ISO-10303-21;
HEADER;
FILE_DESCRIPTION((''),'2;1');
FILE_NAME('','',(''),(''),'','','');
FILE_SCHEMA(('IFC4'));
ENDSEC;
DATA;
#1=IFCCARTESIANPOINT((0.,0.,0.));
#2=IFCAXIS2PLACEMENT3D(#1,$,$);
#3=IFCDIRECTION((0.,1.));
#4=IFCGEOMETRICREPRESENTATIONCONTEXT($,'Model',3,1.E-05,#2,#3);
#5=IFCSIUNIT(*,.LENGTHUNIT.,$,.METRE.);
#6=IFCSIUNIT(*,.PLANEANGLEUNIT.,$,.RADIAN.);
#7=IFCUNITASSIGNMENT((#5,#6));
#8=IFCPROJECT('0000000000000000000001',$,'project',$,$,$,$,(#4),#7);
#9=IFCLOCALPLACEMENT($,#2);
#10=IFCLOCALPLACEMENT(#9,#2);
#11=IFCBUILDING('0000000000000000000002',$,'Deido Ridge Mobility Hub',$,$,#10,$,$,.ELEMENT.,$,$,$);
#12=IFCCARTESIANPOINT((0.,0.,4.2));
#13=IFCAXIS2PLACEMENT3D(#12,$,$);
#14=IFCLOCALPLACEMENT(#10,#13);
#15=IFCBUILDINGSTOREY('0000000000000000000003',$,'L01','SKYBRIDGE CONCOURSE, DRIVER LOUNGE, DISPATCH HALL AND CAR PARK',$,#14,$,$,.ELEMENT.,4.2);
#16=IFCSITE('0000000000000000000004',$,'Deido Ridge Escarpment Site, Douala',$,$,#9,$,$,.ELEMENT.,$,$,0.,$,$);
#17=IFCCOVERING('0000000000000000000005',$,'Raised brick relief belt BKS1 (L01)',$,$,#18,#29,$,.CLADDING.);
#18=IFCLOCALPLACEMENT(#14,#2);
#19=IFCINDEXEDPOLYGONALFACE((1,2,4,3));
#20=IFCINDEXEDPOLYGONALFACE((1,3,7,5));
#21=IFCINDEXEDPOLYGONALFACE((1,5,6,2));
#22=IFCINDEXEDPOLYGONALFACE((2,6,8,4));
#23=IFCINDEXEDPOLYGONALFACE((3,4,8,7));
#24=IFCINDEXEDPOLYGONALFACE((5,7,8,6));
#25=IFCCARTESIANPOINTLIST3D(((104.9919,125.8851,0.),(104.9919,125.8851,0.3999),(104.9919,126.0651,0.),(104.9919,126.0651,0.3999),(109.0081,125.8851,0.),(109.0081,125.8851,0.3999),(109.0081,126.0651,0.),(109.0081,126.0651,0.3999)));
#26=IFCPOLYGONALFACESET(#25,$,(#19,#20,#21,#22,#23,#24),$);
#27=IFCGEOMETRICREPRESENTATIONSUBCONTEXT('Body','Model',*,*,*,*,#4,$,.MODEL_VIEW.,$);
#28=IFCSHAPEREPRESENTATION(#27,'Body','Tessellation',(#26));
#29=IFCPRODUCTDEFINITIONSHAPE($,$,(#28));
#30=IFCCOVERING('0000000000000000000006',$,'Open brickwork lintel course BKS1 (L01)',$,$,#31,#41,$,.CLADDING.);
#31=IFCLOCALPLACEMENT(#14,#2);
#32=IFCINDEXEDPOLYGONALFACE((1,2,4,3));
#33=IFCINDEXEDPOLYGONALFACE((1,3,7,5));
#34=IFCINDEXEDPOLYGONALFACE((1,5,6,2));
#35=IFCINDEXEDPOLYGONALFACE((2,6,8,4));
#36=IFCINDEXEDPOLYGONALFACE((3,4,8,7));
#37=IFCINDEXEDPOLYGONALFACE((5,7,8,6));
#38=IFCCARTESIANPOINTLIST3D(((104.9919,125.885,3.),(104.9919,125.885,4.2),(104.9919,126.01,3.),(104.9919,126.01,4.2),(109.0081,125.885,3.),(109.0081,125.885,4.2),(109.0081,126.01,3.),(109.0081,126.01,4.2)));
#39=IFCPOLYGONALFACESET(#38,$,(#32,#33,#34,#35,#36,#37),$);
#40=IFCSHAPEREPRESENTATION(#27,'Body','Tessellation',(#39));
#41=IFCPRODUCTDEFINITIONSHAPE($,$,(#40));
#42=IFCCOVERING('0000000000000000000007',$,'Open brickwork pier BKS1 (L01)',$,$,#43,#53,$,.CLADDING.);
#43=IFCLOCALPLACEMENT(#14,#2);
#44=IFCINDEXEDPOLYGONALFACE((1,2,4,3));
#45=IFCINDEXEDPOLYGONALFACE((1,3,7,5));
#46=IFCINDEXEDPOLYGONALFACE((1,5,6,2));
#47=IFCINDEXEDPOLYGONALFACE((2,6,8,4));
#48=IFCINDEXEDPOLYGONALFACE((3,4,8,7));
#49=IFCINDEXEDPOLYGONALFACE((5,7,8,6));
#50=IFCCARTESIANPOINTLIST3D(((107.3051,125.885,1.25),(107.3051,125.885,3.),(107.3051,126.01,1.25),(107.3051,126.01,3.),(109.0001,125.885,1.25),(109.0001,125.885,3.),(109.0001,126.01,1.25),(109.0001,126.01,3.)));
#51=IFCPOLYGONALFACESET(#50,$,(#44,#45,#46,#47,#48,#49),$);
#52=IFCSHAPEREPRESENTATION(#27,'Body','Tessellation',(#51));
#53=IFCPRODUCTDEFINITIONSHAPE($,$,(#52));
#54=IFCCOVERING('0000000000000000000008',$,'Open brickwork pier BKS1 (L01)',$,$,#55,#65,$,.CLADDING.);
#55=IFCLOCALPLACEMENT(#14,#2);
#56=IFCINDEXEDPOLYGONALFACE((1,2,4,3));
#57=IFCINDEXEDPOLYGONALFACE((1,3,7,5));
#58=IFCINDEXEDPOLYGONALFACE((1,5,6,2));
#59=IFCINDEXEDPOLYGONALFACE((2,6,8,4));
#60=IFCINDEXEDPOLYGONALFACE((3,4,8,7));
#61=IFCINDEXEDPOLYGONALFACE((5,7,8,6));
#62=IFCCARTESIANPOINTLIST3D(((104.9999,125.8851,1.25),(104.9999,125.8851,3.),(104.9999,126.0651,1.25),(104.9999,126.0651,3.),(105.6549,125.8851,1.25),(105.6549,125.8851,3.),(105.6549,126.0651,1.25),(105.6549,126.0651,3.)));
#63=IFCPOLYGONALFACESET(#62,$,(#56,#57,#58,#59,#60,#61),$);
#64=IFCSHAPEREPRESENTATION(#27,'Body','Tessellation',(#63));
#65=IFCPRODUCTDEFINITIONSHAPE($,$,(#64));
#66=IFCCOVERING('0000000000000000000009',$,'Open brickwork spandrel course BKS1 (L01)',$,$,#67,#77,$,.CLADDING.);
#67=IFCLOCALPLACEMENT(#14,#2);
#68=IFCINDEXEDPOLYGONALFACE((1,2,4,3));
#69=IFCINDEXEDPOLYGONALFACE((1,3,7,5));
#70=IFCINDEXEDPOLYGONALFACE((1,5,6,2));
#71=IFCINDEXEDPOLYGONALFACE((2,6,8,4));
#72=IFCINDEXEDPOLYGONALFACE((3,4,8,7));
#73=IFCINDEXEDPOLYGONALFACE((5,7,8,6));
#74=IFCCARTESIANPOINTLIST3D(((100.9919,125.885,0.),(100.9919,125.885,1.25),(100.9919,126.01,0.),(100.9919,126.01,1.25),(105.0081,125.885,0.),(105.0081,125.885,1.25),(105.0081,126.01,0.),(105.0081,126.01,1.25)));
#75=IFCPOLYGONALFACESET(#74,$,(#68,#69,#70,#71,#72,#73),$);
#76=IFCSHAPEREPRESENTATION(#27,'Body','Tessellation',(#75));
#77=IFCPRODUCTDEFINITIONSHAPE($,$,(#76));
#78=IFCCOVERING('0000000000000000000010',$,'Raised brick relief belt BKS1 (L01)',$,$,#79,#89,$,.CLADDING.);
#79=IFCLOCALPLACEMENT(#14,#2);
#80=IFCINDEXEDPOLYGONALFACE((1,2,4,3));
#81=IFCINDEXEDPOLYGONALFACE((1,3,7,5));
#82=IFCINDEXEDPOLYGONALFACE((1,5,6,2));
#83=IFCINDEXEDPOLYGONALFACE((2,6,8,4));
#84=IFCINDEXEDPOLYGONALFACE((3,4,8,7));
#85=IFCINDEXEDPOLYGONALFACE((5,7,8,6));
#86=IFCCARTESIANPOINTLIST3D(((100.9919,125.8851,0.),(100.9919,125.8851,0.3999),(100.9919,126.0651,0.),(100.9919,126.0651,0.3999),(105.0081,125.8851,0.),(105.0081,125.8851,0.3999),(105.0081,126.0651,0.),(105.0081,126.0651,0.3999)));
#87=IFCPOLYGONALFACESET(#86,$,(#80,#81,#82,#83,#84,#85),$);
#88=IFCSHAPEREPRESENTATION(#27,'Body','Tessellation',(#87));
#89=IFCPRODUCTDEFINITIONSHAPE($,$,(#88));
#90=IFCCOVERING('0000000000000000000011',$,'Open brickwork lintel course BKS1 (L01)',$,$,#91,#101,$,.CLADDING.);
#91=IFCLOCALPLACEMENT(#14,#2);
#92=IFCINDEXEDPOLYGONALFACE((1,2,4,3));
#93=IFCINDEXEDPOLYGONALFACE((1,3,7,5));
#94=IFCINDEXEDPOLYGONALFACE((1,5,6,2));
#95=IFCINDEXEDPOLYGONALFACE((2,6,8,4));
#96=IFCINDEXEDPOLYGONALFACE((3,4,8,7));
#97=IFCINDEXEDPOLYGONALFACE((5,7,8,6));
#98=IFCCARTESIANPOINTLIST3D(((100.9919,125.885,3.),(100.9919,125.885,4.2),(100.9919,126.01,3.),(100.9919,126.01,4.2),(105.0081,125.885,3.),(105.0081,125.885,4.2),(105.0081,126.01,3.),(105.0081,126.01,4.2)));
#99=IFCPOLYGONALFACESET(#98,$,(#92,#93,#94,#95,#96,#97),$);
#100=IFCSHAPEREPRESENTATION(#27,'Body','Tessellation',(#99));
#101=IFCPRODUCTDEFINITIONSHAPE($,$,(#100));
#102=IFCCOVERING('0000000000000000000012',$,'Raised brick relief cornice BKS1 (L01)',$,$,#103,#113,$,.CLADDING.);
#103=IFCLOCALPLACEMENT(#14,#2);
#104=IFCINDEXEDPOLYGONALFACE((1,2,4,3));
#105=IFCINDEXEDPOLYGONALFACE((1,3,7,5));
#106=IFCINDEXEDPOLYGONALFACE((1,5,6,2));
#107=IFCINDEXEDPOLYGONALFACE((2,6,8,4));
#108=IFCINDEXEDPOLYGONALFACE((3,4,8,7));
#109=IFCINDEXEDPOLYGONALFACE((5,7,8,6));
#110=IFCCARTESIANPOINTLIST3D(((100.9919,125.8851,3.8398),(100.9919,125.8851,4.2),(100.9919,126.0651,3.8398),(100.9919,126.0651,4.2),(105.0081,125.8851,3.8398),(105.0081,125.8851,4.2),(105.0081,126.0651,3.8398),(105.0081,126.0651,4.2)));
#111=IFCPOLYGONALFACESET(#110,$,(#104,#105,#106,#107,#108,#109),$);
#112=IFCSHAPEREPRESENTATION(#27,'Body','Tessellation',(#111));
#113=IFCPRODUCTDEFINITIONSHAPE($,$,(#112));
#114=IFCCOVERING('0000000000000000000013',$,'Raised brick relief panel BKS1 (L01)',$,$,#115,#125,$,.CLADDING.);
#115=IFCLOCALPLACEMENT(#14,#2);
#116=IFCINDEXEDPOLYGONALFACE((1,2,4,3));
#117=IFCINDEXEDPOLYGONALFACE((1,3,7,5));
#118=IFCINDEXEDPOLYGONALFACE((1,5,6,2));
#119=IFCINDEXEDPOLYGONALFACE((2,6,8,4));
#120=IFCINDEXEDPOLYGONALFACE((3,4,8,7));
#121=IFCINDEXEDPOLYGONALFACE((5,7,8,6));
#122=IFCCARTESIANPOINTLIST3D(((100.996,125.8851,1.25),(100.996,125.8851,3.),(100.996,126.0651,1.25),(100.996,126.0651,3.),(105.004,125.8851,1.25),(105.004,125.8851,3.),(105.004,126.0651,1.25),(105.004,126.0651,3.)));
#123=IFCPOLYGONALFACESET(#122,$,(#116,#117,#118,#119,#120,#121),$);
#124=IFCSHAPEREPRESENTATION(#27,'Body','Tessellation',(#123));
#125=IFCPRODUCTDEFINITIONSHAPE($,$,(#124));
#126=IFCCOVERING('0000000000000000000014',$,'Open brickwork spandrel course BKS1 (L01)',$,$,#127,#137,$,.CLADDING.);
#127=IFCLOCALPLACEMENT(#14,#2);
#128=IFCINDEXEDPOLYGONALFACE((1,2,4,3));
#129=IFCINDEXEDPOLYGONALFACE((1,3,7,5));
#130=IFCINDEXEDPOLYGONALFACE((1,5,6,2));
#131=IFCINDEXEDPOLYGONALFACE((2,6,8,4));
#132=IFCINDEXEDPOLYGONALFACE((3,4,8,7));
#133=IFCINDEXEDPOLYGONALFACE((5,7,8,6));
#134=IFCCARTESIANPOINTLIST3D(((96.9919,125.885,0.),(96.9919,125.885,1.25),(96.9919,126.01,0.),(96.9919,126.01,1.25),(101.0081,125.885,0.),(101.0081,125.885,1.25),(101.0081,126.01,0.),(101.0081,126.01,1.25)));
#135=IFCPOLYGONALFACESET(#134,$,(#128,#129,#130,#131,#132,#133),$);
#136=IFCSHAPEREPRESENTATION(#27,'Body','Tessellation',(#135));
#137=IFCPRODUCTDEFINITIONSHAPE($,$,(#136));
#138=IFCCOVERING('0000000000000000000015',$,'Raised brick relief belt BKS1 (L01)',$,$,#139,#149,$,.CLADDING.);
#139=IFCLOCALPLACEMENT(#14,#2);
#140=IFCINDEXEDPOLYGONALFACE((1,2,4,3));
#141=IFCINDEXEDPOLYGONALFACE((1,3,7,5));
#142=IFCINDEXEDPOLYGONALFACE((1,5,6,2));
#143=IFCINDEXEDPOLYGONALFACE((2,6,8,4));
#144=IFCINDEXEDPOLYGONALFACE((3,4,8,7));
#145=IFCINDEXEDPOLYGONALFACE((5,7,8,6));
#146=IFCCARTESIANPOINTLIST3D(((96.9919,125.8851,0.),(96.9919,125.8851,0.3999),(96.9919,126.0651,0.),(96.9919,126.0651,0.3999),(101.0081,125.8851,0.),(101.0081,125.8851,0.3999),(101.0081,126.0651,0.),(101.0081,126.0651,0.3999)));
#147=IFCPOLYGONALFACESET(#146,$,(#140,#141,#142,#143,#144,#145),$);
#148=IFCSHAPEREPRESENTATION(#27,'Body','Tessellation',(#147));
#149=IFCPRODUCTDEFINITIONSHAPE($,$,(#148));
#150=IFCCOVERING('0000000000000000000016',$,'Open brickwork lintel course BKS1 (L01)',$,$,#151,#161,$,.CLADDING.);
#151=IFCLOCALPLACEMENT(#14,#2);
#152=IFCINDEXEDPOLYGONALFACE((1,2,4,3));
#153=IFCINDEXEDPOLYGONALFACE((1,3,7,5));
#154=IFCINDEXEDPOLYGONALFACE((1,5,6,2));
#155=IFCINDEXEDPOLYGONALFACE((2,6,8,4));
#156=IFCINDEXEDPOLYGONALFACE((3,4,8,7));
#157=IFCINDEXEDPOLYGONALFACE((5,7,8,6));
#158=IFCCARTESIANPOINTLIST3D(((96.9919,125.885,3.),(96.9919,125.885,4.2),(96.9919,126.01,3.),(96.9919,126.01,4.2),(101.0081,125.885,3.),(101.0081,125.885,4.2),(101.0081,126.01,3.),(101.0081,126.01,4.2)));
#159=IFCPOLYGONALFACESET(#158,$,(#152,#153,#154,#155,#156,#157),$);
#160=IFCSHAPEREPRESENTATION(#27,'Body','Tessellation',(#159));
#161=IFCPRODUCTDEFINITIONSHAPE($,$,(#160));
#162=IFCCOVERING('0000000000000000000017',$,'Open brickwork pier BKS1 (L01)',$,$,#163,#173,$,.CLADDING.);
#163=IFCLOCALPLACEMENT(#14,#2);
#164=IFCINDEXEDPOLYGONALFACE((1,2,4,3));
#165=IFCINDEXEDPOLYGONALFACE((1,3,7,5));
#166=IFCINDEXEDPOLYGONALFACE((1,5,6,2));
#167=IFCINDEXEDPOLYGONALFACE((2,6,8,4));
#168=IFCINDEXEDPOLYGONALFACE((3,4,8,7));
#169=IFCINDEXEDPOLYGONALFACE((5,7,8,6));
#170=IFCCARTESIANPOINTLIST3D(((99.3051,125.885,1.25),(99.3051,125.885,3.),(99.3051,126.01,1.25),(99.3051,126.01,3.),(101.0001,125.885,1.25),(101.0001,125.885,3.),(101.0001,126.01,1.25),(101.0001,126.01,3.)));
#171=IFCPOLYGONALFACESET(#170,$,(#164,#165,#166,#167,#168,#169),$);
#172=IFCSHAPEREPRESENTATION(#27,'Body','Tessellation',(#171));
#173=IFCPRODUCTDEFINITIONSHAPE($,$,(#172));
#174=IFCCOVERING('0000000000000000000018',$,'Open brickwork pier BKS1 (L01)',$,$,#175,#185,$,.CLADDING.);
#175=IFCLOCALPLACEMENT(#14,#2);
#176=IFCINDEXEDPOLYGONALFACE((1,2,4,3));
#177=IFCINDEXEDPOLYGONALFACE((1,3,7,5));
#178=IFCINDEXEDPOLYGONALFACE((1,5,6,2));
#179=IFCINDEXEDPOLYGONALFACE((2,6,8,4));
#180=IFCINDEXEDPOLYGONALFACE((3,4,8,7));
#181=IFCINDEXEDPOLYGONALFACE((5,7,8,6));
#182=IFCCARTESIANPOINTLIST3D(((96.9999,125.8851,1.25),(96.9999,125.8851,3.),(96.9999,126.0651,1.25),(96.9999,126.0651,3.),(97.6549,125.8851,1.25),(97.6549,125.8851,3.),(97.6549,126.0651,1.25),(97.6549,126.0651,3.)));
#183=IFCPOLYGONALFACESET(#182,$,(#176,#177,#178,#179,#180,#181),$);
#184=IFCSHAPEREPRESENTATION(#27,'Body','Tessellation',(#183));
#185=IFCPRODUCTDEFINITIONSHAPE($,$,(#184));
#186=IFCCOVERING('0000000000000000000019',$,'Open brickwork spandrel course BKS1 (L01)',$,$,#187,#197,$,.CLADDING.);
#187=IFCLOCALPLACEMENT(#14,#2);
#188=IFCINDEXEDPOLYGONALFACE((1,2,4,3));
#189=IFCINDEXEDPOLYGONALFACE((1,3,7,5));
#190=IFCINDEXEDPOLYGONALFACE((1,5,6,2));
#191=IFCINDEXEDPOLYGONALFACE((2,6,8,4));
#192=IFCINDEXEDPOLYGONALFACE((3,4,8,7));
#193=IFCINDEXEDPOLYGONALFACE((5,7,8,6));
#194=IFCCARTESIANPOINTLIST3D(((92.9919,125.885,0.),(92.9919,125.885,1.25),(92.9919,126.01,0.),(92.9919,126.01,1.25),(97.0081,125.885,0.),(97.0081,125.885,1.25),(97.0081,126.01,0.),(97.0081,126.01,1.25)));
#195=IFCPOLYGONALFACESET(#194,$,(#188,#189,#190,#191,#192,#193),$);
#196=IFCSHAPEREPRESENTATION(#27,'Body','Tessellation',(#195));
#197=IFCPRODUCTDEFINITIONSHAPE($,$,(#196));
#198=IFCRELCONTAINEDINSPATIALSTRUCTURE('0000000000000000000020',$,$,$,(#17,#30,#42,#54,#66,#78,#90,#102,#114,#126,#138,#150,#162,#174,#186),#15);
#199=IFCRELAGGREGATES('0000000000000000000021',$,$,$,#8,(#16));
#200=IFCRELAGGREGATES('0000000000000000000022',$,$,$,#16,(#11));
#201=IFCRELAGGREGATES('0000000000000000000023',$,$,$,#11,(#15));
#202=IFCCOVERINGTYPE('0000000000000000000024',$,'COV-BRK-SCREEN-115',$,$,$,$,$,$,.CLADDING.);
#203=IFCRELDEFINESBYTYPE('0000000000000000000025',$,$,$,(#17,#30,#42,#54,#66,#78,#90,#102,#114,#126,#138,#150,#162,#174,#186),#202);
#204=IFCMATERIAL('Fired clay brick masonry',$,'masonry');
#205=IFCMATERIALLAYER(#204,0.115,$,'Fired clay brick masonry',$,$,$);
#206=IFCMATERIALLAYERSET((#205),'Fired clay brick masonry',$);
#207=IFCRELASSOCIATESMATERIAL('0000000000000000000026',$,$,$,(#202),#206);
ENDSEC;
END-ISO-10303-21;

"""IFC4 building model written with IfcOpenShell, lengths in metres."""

from ifc_helpers import new_model, si_unit, direction, frame, origin, origin_2d, place, context, subcontext, project, spatial, rectangle, extrude, material, layer, layer_set, type_object, element, save


model = new_model("IFC4")

# Units and contexts
model_context = context("Model", 3, precision=1e-05, world=origin(), true_north=direction((0.0, 1.0)))
body_context = subcontext(model_context, "Body", "Model", "MODEL_VIEW")
ifc_project = project(units=[si_unit("LENGTHUNIT", "METRE"), si_unit("PLANEANGLEUNIT", "RADIAN")], contexts=[model_context])

# Site, building, storey
site_placement = place(None, origin())
site = spatial("IfcSite", under=ifc_project, at=site_placement, Name="Deido Ridge Escarpment Site, Douala", CompositionType="ELEMENT", RefElevation=0.0)
building_placement = place(site_placement, origin())
building = spatial("IfcBuilding", under=site, at=building_placement, Name="Deido Ridge Mobility Hub", CompositionType="ELEMENT")
storey_placement = place(building_placement, frame((0.0, 0.0, 4.2)))
storey = spatial("IfcBuildingStorey", under=building, at=storey_placement, Name="L01", Description="SKYBRIDGE CONCOURSE, DRIVER LOUNGE, DISPATCH HALL AND CAR PARK", CompositionType="ELEMENT", Elevation=4.2)

# Coverings
ifc_material_1 = material(Name="Fired clay brick masonry", Category="masonry")
ifc_layer = layer(ifc_material_1, 0.115, Name="Fired clay brick masonry")
ifc_layer_set = layer_set([ifc_layer], Name="Fired clay brick masonry")
covering_type = type_object("IfcCoveringType", Name="COV-BRK-SCREEN-115", PredefinedType="CLADDING", material=ifc_layer_set)
covering_1_placement = place(storey_placement, frame((107.0, 125.9751, 0.0), z_axis=(0.0, 0.0, 1.0), x_axis=(-1.0, 0.0, 0.0)))
element("IfcCovering", 1, at=covering_1_placement, inside=storey, type_object=covering_type, Name="Raised brick relief belt BKS1 (L01)", PredefinedType="CLADDING", context=body_context, shape_type="SweptSolid", body=[
    extrude(rectangle(XDim=4.0161, YDim=0.1799, at=origin_2d()), origin(), (0.0, 0.0, 1.0), 0.3999),
])
covering_2_placement = place(storey_placement, frame((107.0, 125.9475, 3.0), z_axis=(0.0, 0.0, 1.0), x_axis=(-1.0, 0.0, 0.0)))
element("IfcCovering", 2, at=covering_2_placement, inside=storey, type_object=covering_type, Name="Open brickwork lintel course BKS1 (L01)", PredefinedType="CLADDING", context=body_context, shape_type="SweptSolid", body=[
    extrude(rectangle(XDim=4.0161, YDim=0.125, at=origin_2d()), origin(), (0.0, 0.0, 1.0), 1.2),
])
covering_3_placement = place(storey_placement, frame((108.1526, 125.9475, 1.25), z_axis=(0.0, 0.0, 1.0), x_axis=(-1.0, 0.0, 0.0)))
element("IfcCovering", 3, at=covering_3_placement, inside=storey, type_object=covering_type, Name="Open brickwork pier BKS1 (L01)", PredefinedType="CLADDING", context=body_context, shape_type="SweptSolid", body=[
    extrude(rectangle(XDim=1.6951, YDim=0.125, at=origin_2d()), origin(), (0.0, 0.0, 1.0), 1.75),
])
covering_4_placement = place(storey_placement, frame((105.3274, 125.9751, 1.25), z_axis=(0.0, 0.0, 1.0), x_axis=(-1.0, 0.0, 0.0)))
element("IfcCovering", 4, at=covering_4_placement, inside=storey, type_object=covering_type, Name="Open brickwork pier BKS1 (L01)", PredefinedType="CLADDING", context=body_context, shape_type="SweptSolid", body=[
    extrude(rectangle(XDim=0.655, YDim=0.1799, at=origin_2d()), origin(), (0.0, 0.0, 1.0), 1.75),
])
covering_5_placement = place(storey_placement, frame((103.0, 125.9475, 0.0), z_axis=(0.0, 0.0, 1.0), x_axis=(-1.0, 0.0, 0.0)))
element("IfcCovering", 5, at=covering_5_placement, inside=storey, type_object=covering_type, Name="Open brickwork spandrel course BKS1 (L01)", PredefinedType="CLADDING", context=body_context, shape_type="SweptSolid", body=[
    extrude(rectangle(XDim=4.0161, YDim=0.125, at=origin_2d()), origin(), (0.0, 0.0, 1.0), 1.25),
])
covering_6_placement = place(storey_placement, frame((103.0, 125.9751, 0.0), z_axis=(0.0, 0.0, 1.0), x_axis=(-1.0, 0.0, 0.0)))
element("IfcCovering", 6, at=covering_6_placement, inside=storey, type_object=covering_type, Name="Raised brick relief belt BKS1 (L01)", PredefinedType="CLADDING", context=body_context, shape_type="SweptSolid", body=[
    extrude(rectangle(XDim=4.0161, YDim=0.1799, at=origin_2d()), origin(), (0.0, 0.0, 1.0), 0.3999),
])
covering_7_placement = place(storey_placement, frame((103.0, 125.9475, 3.0), z_axis=(0.0, 0.0, 1.0), x_axis=(-1.0, 0.0, 0.0)))
element("IfcCovering", 7, at=covering_7_placement, inside=storey, type_object=covering_type, Name="Open brickwork lintel course BKS1 (L01)", PredefinedType="CLADDING", context=body_context, shape_type="SweptSolid", body=[
    extrude(rectangle(XDim=4.0161, YDim=0.125, at=origin_2d()), origin(), (0.0, 0.0, 1.0), 1.2),
])
covering_8_placement = place(storey_placement, frame((103.0, 125.9751, 3.8398), z_axis=(0.0, 0.0, 1.0), x_axis=(-1.0, 0.0, 0.0)))
element("IfcCovering", 8, at=covering_8_placement, inside=storey, type_object=covering_type, Name="Raised brick relief cornice BKS1 (L01)", PredefinedType="CLADDING", context=body_context, shape_type="SweptSolid", body=[
    extrude(rectangle(XDim=4.0161, YDim=0.1799, at=origin_2d()), origin(), (0.0, 0.0, 1.0), 0.3601),
])
covering_9_placement = place(storey_placement, frame((103.0, 125.9751, 1.25), z_axis=(0.0, 0.0, 1.0), x_axis=(-1.0, 0.0, 0.0)))
element("IfcCovering", 9, at=covering_9_placement, inside=storey, type_object=covering_type, Name="Raised brick relief panel BKS1 (L01)", PredefinedType="CLADDING", context=body_context, shape_type="SweptSolid", body=[
    extrude(rectangle(XDim=4.0081, YDim=0.1799, at=origin_2d()), origin(), (0.0, 0.0, 1.0), 1.75),
])
covering_10_placement = place(storey_placement, frame((99.0, 125.9475, 0.0), z_axis=(0.0, 0.0, 1.0), x_axis=(-1.0, 0.0, 0.0)))
element("IfcCovering", 10, at=covering_10_placement, inside=storey, type_object=covering_type, Name="Open brickwork spandrel course BKS1 (L01)", PredefinedType="CLADDING", context=body_context, shape_type="SweptSolid", body=[
    extrude(rectangle(XDim=4.0161, YDim=0.125, at=origin_2d()), origin(), (0.0, 0.0, 1.0), 1.25),
])
covering_11_placement = place(storey_placement, frame((99.0, 125.9751, 0.0), z_axis=(0.0, 0.0, 1.0), x_axis=(-1.0, 0.0, 0.0)))
element("IfcCovering", 11, at=covering_11_placement, inside=storey, type_object=covering_type, Name="Raised brick relief belt BKS1 (L01)", PredefinedType="CLADDING", context=body_context, shape_type="SweptSolid", body=[
    extrude(rectangle(XDim=4.0161, YDim=0.1799, at=origin_2d()), origin(), (0.0, 0.0, 1.0), 0.3999),
])
covering_12_placement = place(storey_placement, frame((99.0, 125.9475, 3.0), z_axis=(0.0, 0.0, 1.0), x_axis=(-1.0, 0.0, 0.0)))
element("IfcCovering", 12, at=covering_12_placement, inside=storey, type_object=covering_type, Name="Open brickwork lintel course BKS1 (L01)", PredefinedType="CLADDING", context=body_context, shape_type="SweptSolid", body=[
    extrude(rectangle(XDim=4.0161, YDim=0.125, at=origin_2d()), origin(), (0.0, 0.0, 1.0), 1.2),
])
covering_13_placement = place(storey_placement, frame((100.1526, 125.9475, 1.25), z_axis=(0.0, 0.0, 1.0), x_axis=(-1.0, 0.0, 0.0)))
element("IfcCovering", 13, at=covering_13_placement, inside=storey, type_object=covering_type, Name="Open brickwork pier BKS1 (L01)", PredefinedType="CLADDING", context=body_context, shape_type="SweptSolid", body=[
    extrude(rectangle(XDim=1.6951, YDim=0.125, at=origin_2d()), origin(), (0.0, 0.0, 1.0), 1.75),
])
covering_14_placement = place(storey_placement, frame((97.3274, 125.9751, 1.25), z_axis=(0.0, 0.0, 1.0), x_axis=(-1.0, 0.0, 0.0)))
element("IfcCovering", 14, at=covering_14_placement, inside=storey, type_object=covering_type, Name="Open brickwork pier BKS1 (L01)", PredefinedType="CLADDING", context=body_context, shape_type="SweptSolid", body=[
    extrude(rectangle(XDim=0.655, YDim=0.1799, at=origin_2d()), origin(), (0.0, 0.0, 1.0), 1.75),
])
covering_15_placement = place(storey_placement, frame((95.0, 125.9475, 0.0), z_axis=(0.0, 0.0, 1.0), x_axis=(-1.0, 0.0, 0.0)))
element("IfcCovering", 15, at=covering_15_placement, inside=storey, type_object=covering_type, Name="Open brickwork spandrel course BKS1 (L01)", PredefinedType="CLADDING", context=body_context, shape_type="SweptSolid", body=[
    extrude(rectangle(XDim=4.0161, YDim=0.125, at=origin_2d()), origin(), (0.0, 0.0, 1.0), 1.25),
])

save(model, "model.ifc")
